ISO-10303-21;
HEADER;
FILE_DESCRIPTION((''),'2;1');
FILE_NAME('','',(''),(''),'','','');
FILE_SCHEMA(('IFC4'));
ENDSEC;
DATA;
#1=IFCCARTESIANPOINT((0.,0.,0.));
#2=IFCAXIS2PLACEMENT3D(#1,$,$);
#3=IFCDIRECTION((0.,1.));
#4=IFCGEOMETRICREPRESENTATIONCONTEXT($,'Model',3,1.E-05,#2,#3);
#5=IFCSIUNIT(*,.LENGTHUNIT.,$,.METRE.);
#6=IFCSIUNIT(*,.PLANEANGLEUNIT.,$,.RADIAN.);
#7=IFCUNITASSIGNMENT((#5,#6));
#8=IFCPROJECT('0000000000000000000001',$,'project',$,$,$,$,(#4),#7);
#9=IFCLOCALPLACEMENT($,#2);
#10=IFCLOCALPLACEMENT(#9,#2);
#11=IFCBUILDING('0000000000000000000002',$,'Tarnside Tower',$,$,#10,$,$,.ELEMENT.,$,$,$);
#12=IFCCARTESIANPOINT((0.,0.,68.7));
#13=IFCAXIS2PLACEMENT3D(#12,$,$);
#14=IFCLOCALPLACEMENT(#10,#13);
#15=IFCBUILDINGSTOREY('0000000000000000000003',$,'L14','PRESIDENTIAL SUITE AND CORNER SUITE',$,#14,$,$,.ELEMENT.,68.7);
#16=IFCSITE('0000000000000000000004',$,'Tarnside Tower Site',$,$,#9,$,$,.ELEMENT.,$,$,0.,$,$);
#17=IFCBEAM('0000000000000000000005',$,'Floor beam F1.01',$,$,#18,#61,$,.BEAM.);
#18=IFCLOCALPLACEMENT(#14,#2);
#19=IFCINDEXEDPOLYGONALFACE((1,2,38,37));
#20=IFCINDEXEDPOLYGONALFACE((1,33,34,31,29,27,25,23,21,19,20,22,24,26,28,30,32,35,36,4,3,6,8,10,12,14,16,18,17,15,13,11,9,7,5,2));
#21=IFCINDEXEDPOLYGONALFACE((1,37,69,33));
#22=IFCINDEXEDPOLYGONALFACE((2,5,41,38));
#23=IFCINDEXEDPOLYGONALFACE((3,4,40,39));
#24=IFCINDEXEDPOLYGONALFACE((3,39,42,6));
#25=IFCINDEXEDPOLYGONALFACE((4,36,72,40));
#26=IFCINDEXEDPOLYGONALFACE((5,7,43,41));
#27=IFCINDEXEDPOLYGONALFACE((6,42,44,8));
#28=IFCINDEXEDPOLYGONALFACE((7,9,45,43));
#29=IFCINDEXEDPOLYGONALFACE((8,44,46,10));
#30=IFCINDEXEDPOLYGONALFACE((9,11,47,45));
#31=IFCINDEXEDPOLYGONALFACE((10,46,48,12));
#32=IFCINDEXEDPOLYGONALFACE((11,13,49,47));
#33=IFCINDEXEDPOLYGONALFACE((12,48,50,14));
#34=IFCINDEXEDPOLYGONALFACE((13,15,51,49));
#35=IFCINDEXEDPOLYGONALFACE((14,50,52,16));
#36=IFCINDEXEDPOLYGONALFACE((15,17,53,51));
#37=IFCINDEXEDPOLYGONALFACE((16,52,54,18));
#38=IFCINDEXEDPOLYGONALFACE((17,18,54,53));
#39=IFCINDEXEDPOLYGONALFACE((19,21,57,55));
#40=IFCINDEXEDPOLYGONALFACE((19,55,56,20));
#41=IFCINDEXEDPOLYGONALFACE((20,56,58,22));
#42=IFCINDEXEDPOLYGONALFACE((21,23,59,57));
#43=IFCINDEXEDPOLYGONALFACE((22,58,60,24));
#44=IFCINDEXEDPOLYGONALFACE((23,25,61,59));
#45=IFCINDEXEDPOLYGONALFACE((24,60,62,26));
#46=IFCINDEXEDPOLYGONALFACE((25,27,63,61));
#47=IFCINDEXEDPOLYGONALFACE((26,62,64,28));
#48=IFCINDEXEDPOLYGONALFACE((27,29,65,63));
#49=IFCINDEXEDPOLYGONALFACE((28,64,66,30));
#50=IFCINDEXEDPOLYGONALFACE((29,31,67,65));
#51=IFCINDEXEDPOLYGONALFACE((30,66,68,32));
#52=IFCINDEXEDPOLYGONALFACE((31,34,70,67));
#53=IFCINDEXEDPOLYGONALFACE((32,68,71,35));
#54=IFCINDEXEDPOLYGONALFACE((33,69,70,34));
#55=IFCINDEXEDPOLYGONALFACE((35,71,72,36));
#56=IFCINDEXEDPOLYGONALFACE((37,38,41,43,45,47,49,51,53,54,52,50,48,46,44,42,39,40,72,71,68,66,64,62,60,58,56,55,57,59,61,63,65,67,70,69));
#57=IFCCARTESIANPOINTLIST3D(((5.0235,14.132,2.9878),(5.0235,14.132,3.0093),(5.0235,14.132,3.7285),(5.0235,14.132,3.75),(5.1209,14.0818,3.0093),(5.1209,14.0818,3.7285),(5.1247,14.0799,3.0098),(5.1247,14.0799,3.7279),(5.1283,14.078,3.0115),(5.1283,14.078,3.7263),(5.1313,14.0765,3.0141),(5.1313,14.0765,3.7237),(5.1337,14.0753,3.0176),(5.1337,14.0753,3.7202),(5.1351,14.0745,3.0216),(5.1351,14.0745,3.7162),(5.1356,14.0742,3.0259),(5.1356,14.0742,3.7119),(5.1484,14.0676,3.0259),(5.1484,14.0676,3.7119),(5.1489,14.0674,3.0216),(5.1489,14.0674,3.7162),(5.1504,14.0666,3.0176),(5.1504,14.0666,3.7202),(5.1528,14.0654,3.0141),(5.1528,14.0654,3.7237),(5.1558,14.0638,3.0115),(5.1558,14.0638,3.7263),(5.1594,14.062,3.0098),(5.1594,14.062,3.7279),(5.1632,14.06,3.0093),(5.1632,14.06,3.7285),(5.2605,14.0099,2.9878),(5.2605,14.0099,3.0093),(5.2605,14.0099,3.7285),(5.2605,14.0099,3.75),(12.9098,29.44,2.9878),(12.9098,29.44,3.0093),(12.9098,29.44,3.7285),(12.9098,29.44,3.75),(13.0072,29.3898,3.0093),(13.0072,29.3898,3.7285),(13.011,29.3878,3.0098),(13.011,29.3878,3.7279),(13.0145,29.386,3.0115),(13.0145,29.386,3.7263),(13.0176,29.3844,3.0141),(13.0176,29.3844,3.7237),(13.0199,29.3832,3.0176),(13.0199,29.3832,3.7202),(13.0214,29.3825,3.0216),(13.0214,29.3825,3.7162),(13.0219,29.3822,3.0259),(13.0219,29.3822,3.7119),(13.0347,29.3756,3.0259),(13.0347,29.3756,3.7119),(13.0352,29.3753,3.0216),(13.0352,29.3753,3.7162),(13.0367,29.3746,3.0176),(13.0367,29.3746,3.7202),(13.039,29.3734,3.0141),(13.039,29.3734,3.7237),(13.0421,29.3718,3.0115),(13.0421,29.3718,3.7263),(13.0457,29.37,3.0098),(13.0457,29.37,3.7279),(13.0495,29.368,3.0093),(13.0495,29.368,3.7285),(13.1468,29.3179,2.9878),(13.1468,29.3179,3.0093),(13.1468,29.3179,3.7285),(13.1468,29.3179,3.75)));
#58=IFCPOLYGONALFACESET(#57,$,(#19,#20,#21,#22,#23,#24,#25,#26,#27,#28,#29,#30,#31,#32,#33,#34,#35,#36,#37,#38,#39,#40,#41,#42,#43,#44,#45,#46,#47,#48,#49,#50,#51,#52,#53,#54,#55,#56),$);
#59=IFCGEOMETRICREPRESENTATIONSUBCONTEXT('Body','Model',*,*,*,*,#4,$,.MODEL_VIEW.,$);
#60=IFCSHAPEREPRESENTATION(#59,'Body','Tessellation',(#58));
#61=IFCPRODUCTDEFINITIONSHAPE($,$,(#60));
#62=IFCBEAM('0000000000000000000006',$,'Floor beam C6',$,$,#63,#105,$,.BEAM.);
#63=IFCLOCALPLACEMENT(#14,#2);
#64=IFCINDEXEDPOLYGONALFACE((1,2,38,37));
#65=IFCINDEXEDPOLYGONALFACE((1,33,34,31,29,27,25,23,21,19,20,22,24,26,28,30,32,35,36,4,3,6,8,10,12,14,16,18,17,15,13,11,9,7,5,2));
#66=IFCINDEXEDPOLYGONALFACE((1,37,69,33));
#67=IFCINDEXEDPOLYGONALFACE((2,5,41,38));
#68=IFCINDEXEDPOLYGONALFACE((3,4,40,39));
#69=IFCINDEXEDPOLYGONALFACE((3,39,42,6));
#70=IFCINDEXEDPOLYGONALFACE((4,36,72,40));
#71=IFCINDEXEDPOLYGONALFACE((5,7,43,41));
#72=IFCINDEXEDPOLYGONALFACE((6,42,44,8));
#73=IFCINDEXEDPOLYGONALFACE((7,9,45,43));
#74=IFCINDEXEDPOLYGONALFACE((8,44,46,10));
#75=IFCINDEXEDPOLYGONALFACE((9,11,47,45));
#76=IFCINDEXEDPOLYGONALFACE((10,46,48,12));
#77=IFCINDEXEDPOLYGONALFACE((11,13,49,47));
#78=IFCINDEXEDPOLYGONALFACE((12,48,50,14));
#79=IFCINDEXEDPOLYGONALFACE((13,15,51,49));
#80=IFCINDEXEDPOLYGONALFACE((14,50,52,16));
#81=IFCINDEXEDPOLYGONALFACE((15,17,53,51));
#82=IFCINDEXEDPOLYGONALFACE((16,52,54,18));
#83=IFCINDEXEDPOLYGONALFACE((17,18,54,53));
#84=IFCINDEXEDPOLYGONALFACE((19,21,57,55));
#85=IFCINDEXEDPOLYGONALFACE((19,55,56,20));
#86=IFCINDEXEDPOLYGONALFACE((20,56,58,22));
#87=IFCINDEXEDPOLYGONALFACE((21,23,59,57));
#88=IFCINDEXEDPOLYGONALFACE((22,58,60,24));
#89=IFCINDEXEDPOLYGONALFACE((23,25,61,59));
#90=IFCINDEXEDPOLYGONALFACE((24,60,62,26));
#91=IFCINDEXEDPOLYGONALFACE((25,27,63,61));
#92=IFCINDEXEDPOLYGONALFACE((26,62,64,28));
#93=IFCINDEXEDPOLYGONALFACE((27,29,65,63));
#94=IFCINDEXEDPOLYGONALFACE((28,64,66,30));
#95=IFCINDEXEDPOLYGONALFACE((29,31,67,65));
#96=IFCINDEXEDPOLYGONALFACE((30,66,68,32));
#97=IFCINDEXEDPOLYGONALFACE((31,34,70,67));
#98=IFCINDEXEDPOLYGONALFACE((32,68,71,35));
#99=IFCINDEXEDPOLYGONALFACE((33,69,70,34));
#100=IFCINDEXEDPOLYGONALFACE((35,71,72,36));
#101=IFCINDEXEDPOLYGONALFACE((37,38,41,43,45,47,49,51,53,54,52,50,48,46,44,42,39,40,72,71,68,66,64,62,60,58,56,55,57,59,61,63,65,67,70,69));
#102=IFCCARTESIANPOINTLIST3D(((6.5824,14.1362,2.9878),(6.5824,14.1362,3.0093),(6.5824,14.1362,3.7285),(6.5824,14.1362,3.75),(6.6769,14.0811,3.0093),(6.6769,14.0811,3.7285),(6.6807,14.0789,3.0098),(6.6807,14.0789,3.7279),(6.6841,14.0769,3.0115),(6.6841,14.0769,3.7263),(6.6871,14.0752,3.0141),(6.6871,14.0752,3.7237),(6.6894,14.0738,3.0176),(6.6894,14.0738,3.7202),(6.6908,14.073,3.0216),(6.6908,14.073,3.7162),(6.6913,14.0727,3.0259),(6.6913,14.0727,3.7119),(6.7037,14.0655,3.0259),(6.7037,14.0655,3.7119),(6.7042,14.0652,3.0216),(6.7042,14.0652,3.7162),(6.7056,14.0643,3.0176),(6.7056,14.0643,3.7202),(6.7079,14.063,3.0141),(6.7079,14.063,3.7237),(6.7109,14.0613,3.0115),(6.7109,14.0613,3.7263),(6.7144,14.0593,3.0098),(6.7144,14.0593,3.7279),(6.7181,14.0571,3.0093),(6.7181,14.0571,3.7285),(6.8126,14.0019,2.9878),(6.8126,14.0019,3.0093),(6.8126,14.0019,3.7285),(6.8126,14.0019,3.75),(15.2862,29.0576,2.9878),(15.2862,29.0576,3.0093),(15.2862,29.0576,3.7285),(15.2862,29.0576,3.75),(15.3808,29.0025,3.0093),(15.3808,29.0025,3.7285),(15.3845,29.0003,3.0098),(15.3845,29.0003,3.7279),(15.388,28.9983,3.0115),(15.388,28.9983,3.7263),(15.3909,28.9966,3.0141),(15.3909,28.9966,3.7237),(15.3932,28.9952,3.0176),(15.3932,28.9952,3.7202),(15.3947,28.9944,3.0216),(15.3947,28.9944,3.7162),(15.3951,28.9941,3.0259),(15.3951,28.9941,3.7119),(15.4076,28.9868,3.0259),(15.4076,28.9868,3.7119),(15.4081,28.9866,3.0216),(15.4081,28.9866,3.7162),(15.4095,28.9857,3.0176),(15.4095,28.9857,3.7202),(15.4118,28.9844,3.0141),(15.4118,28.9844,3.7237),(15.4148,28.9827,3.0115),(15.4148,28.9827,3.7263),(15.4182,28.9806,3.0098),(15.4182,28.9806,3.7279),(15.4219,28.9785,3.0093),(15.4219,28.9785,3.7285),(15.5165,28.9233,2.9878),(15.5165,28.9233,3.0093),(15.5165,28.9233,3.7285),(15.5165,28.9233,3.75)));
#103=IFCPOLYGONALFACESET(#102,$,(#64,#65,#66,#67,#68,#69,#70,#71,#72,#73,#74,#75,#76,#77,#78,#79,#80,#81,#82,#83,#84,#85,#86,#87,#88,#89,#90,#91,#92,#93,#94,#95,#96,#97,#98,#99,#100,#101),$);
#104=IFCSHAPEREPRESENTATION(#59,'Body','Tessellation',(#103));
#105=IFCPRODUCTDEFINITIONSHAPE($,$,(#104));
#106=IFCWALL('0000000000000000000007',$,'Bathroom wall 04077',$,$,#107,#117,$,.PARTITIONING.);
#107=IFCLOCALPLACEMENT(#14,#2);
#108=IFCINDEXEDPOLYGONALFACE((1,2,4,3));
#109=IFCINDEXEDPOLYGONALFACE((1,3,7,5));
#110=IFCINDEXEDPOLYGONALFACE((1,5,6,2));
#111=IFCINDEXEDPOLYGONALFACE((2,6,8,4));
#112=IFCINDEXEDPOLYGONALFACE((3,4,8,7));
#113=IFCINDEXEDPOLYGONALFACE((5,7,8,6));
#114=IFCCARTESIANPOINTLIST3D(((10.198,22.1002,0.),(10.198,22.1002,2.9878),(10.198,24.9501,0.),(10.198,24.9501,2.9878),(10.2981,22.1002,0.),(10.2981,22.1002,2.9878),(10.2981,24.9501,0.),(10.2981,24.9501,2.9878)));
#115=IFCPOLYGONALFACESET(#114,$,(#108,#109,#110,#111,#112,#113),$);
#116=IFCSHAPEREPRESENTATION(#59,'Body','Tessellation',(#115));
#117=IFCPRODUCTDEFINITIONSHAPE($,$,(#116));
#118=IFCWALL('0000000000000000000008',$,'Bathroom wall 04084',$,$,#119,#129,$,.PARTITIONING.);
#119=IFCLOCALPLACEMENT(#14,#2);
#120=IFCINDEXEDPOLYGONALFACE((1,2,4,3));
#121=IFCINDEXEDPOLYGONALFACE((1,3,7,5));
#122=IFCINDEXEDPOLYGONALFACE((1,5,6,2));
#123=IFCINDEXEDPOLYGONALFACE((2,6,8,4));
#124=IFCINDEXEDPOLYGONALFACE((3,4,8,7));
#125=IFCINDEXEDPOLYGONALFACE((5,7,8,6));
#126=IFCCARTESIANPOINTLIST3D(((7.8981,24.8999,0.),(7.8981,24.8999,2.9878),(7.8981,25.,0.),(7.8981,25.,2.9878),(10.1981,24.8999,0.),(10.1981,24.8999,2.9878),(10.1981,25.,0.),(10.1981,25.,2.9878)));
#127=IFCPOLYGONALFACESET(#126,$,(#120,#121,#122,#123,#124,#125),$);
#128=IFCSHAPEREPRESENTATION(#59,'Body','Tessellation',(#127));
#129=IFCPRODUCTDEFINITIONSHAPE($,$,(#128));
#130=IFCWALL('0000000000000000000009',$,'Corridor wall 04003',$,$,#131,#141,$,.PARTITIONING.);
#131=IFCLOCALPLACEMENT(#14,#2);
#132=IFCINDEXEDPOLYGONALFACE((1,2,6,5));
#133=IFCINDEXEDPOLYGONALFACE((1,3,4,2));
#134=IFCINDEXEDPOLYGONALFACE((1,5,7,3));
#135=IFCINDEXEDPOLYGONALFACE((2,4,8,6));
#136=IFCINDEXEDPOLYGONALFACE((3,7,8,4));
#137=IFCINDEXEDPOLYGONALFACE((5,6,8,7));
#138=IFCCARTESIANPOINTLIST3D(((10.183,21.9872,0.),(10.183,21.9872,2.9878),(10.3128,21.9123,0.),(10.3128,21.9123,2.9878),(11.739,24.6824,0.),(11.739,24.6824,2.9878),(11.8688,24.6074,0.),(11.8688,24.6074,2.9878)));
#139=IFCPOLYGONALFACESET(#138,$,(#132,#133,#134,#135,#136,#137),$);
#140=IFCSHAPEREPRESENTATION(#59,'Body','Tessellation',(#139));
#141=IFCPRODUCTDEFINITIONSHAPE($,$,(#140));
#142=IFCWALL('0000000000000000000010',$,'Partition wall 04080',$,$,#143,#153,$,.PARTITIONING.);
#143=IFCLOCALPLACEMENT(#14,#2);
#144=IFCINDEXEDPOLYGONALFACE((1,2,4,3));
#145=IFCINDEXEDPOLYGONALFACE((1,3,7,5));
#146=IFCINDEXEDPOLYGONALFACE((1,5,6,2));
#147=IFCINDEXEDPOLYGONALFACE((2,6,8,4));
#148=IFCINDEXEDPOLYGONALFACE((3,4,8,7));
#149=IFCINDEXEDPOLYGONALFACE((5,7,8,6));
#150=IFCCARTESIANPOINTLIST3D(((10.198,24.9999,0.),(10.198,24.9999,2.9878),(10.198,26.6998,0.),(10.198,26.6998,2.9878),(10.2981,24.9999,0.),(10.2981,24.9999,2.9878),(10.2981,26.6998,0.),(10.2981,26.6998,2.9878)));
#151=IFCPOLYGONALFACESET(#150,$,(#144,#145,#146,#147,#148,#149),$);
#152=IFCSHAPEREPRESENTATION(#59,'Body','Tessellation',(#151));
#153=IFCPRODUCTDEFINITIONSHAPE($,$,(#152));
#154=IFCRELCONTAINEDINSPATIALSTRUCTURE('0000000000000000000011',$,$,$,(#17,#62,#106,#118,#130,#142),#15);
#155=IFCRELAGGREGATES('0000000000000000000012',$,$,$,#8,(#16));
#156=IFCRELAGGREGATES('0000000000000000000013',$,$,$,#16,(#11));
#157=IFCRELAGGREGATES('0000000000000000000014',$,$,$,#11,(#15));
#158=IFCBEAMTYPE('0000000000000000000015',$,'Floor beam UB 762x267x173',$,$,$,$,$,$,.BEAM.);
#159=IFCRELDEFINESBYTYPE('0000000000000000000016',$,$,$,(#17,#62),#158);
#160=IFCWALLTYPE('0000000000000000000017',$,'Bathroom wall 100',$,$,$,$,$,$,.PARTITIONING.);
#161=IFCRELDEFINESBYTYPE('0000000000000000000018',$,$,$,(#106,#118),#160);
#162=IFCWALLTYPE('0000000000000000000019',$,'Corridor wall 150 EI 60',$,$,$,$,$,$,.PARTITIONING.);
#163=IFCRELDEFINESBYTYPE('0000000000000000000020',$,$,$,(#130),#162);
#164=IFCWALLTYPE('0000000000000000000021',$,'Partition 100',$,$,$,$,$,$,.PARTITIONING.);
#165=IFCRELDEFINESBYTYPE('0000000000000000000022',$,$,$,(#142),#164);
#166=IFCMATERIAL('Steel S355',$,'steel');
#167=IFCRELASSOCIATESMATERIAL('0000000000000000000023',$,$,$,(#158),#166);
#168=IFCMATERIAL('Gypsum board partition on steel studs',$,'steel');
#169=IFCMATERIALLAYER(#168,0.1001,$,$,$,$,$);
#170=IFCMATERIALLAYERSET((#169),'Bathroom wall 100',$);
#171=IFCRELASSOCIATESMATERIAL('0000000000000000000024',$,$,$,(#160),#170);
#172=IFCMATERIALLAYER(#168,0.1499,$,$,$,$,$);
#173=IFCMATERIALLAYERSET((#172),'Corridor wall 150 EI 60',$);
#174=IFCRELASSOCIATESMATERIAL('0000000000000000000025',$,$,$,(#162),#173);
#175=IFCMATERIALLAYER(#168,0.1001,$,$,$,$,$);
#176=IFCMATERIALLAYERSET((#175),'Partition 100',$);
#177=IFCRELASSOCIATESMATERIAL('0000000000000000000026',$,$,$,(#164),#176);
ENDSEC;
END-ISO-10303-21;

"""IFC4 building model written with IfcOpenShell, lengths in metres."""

from ifc_helpers import new_model, si_unit, direction, frame, frame_2d, origin, origin_2d, place, context, subcontext, project, spatial, rectangle, i_section, extrude, material, layer, layer_set, material_profile, profile_set, type_object, element, save


model = new_model("IFC4")

# Units and contexts
model_context = context("Model", 3, precision=1e-05, world=origin(), true_north=direction((0.0, 1.0)))
body_context = subcontext(model_context, "Body", "Model", "MODEL_VIEW")
ifc_project = project(units=[si_unit("LENGTHUNIT", "METRE"), si_unit("PLANEANGLEUNIT", "RADIAN")], contexts=[model_context])

# Site, building, storey
site_placement = place(None, origin())
site = spatial("IfcSite", under=ifc_project, at=site_placement, Name="Tarnside Tower Site", CompositionType="ELEMENT", RefElevation=0.0)
building_placement = place(site_placement, origin())
building = spatial("IfcBuilding", under=site, at=building_placement, Name="Tarnside Tower", CompositionType="ELEMENT")
storey_placement = place(building_placement, frame((0.0, 0.0, 68.7)))
storey = spatial("IfcBuildingStorey", under=building, at=storey_placement, Name="L14", Description="PRESIDENTIAL SUITE AND CORNER SUITE", CompositionType="ELEMENT", Elevation=68.7)

# Beams
ifc_material_1 = material(Name="Steel S355", Category="steel")
ifc_material_profile = material_profile(ifc_material_1, i_section(OverallWidth=0.2666, OverallDepth=0.7622, WebThickness=0.0144, FlangeThickness=0.0215, FilletRadius=0.0166, at=origin_2d()), Name="UB 762x267x173")
ifc_profile_set = profile_set([ifc_material_profile], Name="Steel S355")
beam_type = type_object("IfcBeamType", Name="Floor beam UB 762x267x173", PredefinedType="BEAM", material=ifc_profile_set)
beam_1_placement = place(storey_placement, frame((13.0283, 29.3789, 3.3689), z_axis=(-0.457973, -0.888966, 0.0), x_axis=(0.888966, -0.457973, 0.0)))
element("IfcBeam", 1, at=beam_1_placement, inside=storey, type_object=beam_type, Name="Floor beam F1.01", PredefinedType="BEAM", context=body_context, shape_type="SweptSolid", body=[
    extrude(i_section(OverallWidth=0.2666, OverallDepth=0.7622, WebThickness=0.0144, FlangeThickness=0.0215, FilletRadius=0.0166, at=origin_2d()), origin(), (0.0, 0.0, 1.0), 17.22),
])
beam_2_placement = place(storey_placement, frame((15.4014, 28.9905, 3.3689), z_axis=(-0.503859, -0.863786, 0.0), x_axis=(0.863786, -0.503859, 0.0)))
element("IfcBeam", 2, at=beam_2_placement, inside=storey, type_object=beam_type, Name="Floor beam C6", PredefinedType="BEAM", context=body_context, shape_type="SweptSolid", body=[
    extrude(i_section(OverallWidth=0.2666, OverallDepth=0.7622, WebThickness=0.0144, FlangeThickness=0.0215, FilletRadius=0.0166, at=origin_2d()), origin(), (0.0, 0.0, 1.0), 17.2744),
])

# Walls
ifc_material_2 = material(Name="Gypsum board partition on steel studs", Category="steel")
ifc_layer_1 = layer(ifc_material_2, 0.1001)
ifc_layer_set_1 = layer_set([ifc_layer_1], Name="Bathroom wall 100")
wall_type_1 = type_object("IfcWallType", Name="Bathroom wall 100", PredefinedType="PARTITIONING", material=ifc_layer_set_1)
wall_1_placement = place(storey_placement, frame((10.248, 24.95, 0.0), z_axis=(0.0, 0.0, 1.0), x_axis=(0.0, -1.0, 0.0)))
element("IfcWall", 3, at=wall_1_placement, inside=storey, type_object=wall_type_1, Name="Bathroom wall 04077", PredefinedType="PARTITIONING", context=body_context, shape_type="SweptSolid", body=[
    extrude(rectangle(XDim=2.8499, YDim=0.1001, at=frame_2d((1.4248, 0.0))), origin(), (0.0, 0.0, 1.0), 2.9878),
])
wall_2_placement = place(storey_placement, frame((10.198, 24.95, 0.0), z_axis=(0.0, 0.0, 1.0), x_axis=(-1.0, 0.0, 0.0)))
element("IfcWall", 4, at=wall_2_placement, inside=storey, type_object=wall_type_1, Name="Bathroom wall 04084", PredefinedType="PARTITIONING", context=body_context, shape_type="SweptSolid", body=[
    extrude(rectangle(XDim=2.3, YDim=0.1001, at=frame_2d((1.1499, 0.0))), origin(), (0.0, 0.0, 1.0), 2.9878),
])
ifc_layer_2 = layer(ifc_material_2, 0.1499)
ifc_layer_set_2 = layer_set([ifc_layer_2], Name="Corridor wall 150 EI 60")
wall_type_2 = type_object("IfcWallType", Name="Corridor wall 150 EI 60", PredefinedType="PARTITIONING", material=ifc_layer_set_2)
wall_3_placement = place(storey_placement, frame((11.804, 24.645, 0.0), z_axis=(0.0, 0.0, 1.0), x_axis=(-0.499978, -0.866038, 0.0)))
element("IfcWall", 5, at=wall_3_placement, inside=storey, type_object=wall_type_2, Name="Corridor wall 04003", PredefinedType="PARTITIONING", context=body_context, shape_type="SweptSolid", body=[
    extrude(rectangle(XDim=3.1121, YDim=0.1499, at=frame_2d((1.5562, 0.0))), origin(), (0.0, 0.0, 1.0), 2.9878),
])
ifc_layer_3 = layer(ifc_material_2, 0.1001)
ifc_layer_set_3 = layer_set([ifc_layer_3], Name="Partition 100")
wall_type_3 = type_object("IfcWallType", Name="Partition 100", PredefinedType="PARTITIONING", material=ifc_layer_set_3)
wall_4_placement = place(storey_placement, frame((10.248, 26.7, 0.0), z_axis=(0.0, 0.0, 1.0), x_axis=(0.0, -1.0, 0.0)))
element("IfcWall", 6, at=wall_4_placement, inside=storey, type_object=wall_type_3, Name="Partition wall 04080", PredefinedType="PARTITIONING", context=body_context, shape_type="SweptSolid", body=[
    extrude(rectangle(XDim=1.7, YDim=0.1001, at=frame_2d((0.8501, 0.0))), origin(), (0.0, 0.0, 1.0), 2.9878),
])

save(model, "model.ifc")
